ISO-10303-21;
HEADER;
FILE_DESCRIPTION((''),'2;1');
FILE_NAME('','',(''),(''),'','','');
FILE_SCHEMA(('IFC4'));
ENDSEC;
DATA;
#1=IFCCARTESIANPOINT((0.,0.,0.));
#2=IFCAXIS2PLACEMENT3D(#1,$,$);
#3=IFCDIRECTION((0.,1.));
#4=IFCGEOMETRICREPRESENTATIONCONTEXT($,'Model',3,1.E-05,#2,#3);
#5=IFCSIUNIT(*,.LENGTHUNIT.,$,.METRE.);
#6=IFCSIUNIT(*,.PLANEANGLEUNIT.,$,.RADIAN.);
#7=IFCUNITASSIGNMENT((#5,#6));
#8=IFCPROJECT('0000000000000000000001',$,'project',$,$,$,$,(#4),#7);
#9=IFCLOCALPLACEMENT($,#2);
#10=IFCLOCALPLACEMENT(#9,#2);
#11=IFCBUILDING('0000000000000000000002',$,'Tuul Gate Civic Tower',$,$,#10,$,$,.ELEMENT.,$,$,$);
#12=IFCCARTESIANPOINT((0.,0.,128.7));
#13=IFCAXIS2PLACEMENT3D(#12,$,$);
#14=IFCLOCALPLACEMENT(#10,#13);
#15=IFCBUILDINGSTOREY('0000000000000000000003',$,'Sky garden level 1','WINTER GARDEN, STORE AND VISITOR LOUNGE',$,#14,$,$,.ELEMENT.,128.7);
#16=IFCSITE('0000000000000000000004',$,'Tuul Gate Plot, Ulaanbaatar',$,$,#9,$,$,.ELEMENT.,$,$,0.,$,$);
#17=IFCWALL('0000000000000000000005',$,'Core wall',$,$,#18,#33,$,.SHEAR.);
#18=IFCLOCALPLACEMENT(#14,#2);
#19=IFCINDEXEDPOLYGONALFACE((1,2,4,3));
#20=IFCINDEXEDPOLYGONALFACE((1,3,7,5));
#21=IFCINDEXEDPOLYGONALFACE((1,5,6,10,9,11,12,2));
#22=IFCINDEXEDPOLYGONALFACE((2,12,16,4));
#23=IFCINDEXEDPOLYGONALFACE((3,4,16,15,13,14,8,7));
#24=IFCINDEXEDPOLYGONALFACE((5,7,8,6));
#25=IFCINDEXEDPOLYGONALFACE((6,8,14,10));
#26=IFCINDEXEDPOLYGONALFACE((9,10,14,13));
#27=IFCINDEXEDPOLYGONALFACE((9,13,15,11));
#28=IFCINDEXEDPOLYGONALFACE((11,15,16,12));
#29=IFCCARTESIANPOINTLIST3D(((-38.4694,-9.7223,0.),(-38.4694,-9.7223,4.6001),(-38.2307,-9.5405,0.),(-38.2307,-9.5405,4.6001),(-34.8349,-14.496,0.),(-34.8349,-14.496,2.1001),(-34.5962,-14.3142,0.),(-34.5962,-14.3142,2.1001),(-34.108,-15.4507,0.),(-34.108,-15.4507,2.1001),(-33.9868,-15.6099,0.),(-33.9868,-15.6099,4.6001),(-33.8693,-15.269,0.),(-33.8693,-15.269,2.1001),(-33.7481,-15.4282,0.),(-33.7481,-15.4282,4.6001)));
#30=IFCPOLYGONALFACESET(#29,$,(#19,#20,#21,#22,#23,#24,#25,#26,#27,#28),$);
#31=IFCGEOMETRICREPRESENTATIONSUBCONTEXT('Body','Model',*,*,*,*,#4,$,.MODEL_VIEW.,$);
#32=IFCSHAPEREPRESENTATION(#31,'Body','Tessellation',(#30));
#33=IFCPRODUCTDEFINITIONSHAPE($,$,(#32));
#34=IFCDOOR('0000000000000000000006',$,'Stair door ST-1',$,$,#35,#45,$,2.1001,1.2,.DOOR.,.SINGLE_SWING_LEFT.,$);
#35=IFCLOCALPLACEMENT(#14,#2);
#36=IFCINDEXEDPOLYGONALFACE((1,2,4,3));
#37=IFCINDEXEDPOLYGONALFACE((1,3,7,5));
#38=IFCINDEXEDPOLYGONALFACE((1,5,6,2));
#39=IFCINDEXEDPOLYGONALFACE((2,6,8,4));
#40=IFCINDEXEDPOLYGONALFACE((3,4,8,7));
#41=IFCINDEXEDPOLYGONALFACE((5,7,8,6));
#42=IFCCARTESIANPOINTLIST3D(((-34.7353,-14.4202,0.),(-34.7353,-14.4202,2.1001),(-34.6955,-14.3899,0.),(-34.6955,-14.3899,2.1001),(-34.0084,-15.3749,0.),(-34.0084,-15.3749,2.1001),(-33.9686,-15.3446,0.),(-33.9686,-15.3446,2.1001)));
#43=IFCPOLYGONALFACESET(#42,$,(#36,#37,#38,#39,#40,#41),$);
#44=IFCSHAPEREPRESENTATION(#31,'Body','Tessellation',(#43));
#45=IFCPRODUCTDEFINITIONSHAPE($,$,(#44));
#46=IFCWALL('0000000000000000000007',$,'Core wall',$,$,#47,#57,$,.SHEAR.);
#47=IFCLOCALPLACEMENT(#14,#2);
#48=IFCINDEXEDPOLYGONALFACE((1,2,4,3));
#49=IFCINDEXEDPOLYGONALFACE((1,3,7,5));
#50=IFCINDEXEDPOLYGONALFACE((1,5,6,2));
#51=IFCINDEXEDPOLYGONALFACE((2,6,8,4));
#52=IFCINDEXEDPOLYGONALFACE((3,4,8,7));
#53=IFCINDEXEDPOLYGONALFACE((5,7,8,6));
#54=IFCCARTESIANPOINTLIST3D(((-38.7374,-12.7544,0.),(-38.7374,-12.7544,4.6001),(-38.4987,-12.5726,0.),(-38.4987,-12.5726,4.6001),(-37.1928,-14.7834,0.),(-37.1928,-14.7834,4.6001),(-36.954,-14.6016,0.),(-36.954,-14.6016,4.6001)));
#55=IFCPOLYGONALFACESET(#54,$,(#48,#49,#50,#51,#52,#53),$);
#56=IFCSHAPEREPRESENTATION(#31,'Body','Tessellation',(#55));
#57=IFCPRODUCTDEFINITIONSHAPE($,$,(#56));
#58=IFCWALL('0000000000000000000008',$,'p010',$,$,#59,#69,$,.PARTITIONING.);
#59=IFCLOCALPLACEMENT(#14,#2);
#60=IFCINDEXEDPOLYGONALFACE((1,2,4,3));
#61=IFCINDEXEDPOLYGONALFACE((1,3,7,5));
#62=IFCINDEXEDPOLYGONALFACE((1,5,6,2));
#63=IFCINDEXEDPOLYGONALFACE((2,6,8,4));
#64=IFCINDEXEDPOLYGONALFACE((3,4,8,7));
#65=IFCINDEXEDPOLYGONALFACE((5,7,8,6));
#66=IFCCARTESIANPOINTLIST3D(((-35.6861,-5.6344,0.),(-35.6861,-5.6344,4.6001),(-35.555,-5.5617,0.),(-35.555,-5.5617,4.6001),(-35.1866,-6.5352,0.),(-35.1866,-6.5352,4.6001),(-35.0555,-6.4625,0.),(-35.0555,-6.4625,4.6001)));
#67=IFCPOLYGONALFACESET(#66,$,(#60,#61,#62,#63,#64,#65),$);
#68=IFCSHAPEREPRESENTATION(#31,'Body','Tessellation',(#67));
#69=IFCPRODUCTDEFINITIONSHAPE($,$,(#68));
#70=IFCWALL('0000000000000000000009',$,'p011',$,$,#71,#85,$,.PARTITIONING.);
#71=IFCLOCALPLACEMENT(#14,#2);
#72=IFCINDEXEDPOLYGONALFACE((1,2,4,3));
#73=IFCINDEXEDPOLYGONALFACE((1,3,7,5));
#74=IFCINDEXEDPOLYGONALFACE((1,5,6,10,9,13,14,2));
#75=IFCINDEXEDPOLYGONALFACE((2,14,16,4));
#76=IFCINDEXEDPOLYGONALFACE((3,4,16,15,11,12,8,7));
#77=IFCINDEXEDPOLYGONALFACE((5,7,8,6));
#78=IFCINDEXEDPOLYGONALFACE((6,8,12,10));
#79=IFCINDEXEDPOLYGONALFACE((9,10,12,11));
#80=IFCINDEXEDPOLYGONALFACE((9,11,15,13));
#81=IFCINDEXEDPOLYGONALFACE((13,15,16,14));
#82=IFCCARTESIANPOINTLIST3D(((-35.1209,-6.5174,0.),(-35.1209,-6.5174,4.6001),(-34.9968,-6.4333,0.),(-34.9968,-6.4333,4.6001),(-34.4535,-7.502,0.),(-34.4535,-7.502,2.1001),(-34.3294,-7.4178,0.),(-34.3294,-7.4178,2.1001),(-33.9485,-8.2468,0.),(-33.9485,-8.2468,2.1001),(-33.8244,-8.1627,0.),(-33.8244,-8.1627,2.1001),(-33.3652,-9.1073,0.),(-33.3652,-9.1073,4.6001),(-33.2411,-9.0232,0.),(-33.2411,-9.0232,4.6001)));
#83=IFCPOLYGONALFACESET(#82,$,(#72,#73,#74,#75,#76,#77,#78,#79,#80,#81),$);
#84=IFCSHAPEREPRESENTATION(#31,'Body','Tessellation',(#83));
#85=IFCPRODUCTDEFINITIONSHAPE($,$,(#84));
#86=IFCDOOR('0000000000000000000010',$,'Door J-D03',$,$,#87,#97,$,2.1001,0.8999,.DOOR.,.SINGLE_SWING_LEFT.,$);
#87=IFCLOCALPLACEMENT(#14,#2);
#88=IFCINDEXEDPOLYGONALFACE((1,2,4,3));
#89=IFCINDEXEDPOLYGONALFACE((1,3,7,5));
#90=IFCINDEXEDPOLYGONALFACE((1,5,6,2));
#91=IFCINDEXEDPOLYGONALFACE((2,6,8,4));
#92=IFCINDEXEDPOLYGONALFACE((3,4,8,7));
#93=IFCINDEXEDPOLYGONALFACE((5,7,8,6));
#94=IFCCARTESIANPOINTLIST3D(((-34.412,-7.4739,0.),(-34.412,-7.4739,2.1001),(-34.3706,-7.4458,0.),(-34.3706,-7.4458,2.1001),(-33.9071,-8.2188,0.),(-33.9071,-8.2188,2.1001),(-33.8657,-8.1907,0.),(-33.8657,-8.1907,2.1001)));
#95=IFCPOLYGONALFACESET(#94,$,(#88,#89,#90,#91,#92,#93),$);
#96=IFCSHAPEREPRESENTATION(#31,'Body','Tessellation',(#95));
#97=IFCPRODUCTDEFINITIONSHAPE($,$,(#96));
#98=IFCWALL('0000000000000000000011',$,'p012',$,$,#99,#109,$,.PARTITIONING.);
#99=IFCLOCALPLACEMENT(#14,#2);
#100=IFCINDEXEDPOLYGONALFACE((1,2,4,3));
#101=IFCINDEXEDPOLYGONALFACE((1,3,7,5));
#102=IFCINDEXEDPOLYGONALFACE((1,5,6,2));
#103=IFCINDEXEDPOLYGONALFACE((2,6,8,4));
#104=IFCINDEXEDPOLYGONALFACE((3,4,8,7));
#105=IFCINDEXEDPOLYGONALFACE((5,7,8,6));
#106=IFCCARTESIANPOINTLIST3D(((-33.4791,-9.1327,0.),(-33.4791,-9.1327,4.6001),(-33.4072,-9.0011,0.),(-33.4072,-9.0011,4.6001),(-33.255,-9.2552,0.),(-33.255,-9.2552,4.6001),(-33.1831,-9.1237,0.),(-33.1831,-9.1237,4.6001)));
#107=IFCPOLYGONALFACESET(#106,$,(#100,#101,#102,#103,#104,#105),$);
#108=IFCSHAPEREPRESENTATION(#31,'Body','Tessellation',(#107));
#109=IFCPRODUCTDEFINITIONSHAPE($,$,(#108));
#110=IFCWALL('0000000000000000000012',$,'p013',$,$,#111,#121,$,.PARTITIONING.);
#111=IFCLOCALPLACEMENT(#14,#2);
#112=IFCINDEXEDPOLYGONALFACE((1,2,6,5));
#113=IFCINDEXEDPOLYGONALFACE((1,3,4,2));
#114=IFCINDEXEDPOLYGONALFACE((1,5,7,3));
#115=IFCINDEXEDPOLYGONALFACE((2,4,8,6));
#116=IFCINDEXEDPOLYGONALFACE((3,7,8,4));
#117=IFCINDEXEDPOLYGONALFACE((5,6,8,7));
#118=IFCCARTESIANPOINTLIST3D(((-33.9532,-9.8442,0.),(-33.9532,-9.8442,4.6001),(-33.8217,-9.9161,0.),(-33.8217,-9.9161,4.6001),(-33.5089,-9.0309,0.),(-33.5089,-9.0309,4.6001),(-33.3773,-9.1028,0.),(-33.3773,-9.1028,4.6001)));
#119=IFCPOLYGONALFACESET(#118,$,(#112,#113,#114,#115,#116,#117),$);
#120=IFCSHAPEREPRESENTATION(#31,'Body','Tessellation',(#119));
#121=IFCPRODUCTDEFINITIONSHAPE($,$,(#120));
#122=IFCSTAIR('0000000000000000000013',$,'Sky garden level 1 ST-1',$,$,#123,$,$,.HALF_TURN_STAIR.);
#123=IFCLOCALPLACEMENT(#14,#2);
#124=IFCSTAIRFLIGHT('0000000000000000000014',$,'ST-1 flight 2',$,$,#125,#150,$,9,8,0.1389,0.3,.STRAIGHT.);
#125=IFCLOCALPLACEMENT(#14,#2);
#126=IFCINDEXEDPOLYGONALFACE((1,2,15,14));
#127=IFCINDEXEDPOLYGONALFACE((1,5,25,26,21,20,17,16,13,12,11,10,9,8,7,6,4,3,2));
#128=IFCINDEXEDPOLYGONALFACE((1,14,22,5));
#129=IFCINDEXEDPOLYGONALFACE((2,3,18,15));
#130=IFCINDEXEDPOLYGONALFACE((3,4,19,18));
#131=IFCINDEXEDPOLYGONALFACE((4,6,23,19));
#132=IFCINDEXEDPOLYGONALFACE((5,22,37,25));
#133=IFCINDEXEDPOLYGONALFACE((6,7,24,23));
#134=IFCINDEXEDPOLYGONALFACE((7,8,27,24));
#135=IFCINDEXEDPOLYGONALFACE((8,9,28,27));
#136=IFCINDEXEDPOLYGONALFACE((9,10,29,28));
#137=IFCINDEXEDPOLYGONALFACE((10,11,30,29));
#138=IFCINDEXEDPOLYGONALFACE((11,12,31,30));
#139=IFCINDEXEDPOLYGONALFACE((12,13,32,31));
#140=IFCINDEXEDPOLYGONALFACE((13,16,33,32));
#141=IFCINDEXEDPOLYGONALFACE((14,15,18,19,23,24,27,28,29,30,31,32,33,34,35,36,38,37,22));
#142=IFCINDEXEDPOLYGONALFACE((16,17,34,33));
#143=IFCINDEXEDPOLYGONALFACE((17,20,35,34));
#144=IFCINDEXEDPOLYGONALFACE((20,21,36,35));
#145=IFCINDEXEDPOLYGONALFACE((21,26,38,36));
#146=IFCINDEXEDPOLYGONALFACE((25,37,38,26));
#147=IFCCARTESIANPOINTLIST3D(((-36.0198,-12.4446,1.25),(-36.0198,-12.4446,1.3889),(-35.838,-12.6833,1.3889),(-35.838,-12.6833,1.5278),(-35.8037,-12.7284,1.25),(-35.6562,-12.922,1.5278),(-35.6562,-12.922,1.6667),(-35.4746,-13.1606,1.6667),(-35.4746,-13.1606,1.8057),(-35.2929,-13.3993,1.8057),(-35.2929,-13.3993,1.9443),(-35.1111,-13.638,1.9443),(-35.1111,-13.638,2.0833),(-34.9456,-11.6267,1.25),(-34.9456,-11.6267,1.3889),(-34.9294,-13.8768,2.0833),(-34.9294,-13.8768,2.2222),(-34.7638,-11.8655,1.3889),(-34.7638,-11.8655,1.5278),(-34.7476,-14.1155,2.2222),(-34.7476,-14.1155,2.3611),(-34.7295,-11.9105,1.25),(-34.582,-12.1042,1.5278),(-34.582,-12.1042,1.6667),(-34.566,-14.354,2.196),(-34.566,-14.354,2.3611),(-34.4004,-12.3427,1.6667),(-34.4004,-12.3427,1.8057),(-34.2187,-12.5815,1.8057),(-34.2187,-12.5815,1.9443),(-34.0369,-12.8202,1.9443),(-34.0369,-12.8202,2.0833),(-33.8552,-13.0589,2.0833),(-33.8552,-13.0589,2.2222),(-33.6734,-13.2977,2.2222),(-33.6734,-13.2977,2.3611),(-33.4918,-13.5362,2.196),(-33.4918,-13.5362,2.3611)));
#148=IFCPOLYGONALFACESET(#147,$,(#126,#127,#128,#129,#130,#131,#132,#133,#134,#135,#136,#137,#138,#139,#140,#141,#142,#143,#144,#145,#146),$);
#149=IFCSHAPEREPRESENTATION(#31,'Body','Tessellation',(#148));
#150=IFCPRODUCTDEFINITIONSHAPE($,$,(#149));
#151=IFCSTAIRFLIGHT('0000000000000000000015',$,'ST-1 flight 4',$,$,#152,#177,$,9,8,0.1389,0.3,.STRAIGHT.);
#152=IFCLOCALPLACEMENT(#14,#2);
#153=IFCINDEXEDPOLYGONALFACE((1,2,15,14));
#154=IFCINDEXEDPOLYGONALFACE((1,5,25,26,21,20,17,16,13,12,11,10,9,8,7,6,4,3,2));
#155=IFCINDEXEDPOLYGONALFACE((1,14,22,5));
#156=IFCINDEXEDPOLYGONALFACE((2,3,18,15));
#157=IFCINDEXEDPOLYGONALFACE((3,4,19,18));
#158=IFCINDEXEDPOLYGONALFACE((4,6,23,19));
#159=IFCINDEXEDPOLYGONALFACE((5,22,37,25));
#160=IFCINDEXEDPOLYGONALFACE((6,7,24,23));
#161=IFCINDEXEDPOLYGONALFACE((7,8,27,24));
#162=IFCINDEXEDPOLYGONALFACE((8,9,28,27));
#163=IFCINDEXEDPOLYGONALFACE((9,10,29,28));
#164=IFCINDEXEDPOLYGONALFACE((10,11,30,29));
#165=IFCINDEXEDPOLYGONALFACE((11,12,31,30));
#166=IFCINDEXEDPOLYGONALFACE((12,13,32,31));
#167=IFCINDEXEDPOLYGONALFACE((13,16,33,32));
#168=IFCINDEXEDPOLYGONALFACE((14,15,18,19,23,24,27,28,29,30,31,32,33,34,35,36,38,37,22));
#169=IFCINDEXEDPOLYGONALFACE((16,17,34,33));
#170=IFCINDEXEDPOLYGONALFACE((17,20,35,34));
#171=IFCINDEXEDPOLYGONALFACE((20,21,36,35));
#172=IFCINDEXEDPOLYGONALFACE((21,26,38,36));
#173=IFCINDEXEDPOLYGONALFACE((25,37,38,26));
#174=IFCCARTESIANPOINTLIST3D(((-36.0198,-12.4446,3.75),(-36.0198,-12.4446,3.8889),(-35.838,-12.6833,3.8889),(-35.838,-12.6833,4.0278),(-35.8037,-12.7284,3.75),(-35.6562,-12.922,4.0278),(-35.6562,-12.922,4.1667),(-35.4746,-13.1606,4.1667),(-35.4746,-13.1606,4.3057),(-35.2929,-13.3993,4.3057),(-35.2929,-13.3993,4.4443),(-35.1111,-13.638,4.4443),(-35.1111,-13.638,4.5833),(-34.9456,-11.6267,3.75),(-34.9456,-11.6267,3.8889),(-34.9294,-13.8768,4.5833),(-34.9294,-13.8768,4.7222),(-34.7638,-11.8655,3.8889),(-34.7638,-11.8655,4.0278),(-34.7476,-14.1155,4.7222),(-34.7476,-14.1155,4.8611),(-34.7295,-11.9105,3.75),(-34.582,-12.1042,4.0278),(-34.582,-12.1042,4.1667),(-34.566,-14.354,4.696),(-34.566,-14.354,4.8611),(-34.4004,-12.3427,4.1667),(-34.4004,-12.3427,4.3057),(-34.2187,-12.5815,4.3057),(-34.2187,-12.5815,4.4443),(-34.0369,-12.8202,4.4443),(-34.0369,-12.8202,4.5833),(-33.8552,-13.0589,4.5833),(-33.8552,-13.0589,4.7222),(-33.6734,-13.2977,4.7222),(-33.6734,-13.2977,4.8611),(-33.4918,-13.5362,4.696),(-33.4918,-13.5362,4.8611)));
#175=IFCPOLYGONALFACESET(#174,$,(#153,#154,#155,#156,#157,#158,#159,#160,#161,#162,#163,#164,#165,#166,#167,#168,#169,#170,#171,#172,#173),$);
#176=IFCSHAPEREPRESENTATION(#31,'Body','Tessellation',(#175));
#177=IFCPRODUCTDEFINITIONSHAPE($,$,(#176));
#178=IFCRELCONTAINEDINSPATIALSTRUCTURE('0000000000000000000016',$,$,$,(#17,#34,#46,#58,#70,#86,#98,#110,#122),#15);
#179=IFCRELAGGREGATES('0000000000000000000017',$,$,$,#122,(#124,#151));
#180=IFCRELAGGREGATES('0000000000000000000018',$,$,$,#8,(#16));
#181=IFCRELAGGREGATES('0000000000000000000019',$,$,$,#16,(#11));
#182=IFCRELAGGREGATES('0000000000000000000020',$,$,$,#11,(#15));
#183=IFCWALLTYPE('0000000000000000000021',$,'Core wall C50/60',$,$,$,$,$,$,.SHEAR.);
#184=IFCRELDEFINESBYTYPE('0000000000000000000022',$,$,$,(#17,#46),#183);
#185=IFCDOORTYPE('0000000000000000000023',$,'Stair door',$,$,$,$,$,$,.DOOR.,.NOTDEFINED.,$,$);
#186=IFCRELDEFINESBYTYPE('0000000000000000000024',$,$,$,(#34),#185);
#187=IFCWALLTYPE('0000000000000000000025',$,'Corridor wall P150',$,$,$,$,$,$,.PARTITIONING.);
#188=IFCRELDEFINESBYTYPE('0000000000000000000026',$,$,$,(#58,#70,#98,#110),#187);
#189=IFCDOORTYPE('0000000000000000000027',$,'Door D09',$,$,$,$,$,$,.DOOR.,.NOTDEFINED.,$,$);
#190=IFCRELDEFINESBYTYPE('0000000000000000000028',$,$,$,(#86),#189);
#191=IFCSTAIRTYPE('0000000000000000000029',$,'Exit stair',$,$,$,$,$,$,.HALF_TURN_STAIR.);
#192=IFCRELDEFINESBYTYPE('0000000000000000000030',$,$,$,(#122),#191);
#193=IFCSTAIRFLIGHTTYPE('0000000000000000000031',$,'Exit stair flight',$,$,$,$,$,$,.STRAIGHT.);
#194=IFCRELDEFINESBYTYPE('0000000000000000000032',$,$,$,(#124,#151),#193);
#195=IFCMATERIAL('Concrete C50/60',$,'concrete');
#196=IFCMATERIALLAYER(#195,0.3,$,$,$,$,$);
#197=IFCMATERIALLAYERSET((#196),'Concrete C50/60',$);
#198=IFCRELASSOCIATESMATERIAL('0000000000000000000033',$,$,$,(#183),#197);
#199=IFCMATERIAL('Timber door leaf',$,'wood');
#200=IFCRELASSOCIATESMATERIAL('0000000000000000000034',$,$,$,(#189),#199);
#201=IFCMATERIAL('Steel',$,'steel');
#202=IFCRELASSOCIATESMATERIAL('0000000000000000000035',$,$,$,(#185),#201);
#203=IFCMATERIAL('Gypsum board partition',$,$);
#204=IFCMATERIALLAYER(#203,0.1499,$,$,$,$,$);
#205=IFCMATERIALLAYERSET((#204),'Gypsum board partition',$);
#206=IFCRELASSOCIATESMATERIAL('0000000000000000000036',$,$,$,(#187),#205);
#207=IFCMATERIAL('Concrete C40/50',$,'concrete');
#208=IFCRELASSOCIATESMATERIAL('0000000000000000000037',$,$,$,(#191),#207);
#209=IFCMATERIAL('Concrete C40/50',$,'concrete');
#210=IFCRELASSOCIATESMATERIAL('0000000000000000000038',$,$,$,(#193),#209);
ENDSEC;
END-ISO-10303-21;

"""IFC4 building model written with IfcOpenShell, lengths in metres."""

from ifc_helpers import new_model, si_unit, direction, frame, frame_2d, origin, place, context, subcontext, project, spatial, polyline, rectangle, outline, extrude, material, layer, layer_set, type_object, element, fill, aggregate, save


model = new_model("IFC4")

# Units and contexts
model_context = context("Model", 3, precision=1e-05, world=origin(), true_north=direction((0.0, 1.0)))
body_context = subcontext(model_context, "Body", "Model", "MODEL_VIEW")
ifc_project = project(units=[si_unit("LENGTHUNIT", "METRE"), si_unit("PLANEANGLEUNIT", "RADIAN")], contexts=[model_context])

# Site, building, storey
site_placement = place(None, origin())
site = spatial("IfcSite", under=ifc_project, at=site_placement, Name="Tuul Gate Plot, Ulaanbaatar", CompositionType="ELEMENT", RefElevation=0.0)
building_placement = place(site_placement, origin())
building = spatial("IfcBuilding", under=site, at=building_placement, Name="Tuul Gate Civic Tower", CompositionType="ELEMENT")
storey_placement = place(building_placement, frame((0.0, 0.0, 128.7)))
storey = spatial("IfcBuildingStorey", under=building, at=storey_placement, Name="Sky garden level 1", Description="WINTER GARDEN, STORE AND VISITOR LOUNGE", CompositionType="ELEMENT", Elevation=128.7)

# Shared definitions
ifc_material_1 = material(Name="Concrete C50/60", Category="concrete")
ifc_layer_1 = layer(ifc_material_1, 0.3)
ifc_layer_set_1 = layer_set([ifc_layer_1], Name="Concrete C50/60")
wall_type_1 = type_object("IfcWallType", Name="Core wall C50/60", PredefinedType="SHEAR", material=ifc_layer_set_1)

# Wall, opening, door
ifc_material_2 = material(Name="Timber door leaf", Category="wood")
door_type_1 = type_object("IfcDoorType", Name="Door D09", OperationType="NOTDEFINED", PredefinedType="DOOR", material=ifc_material_2)
wall_1_placement = place(storey_placement, frame((-33.8674, -15.519, 0.0), z_axis=(0.0, 0.0, 1.0), x_axis=(-0.60577, 0.79564, 0.0)))
wall_1 = element("IfcWall", 1, at=wall_1_placement, inside=storey, type_object=wall_type_1, Name="Core wall", PredefinedType="SHEAR", context=body_context, shape_type="SweptSolid", body=[
    extrude(rectangle(XDim=7.3999, YDim=0.3, at=frame_2d((3.7, 0.0))), origin(), (0.0, 0.0, 1.0), 4.6001),
])
opening_1_placement = place(wall_1_placement, frame((0.2, 0.0, 0.0)))
opening_1 = element("IfcOpeningElement", 2, at=opening_1_placement, cuts=wall_1, PredefinedType="OPENING", context=body_context, shape_type="SweptSolid", body=[
    extrude(rectangle(XDim=1.2, YDim=2.1001, at=frame_2d((0.6001, 1.05))), frame((0.0, 0.1602, 0.0), z_axis=(0.0, -1.0, 0.0), x_axis=(1.0, 0.0, 0.0)), (0.0, 0.0, 1.0), 0.3201),
])
ifc_material_3 = material(Name="Steel", Category="steel")
door_type_2 = type_object("IfcDoorType", Name="Stair door", OperationType="NOTDEFINED", PredefinedType="DOOR", material=ifc_material_3)
door_1_placement = place(opening_1_placement, origin())
door_1 = element("IfcDoor", 3, at=door_1_placement, inside=storey, type_object=door_type_2, Name="Stair door ST-1", OperationType="SINGLE_SWING_LEFT", OverallHeight=2.1001, OverallWidth=1.2, PredefinedType="DOOR", context=body_context, shape_type="SweptSolid", body=[
    extrude(rectangle(XDim=1.2, YDim=2.1001, at=frame_2d((0.6001, 1.05))), frame((0.0, 0.0249, 0.0), z_axis=(0.0, -1.0, 0.0), x_axis=(1.0, 0.0, 0.0)), (0.0, 0.0, 1.0), 0.05),
])
fill(opening_1, door_1)

# Walls
wall_2_placement = place(storey_placement, frame((-37.0735, -14.6924, 0.0), z_axis=(0.0, 0.0, 1.0), x_axis=(-0.605729, 0.795671, 0.0)))
element("IfcWall", 4, at=wall_2_placement, inside=storey, type_object=wall_type_1, Name="Core wall", PredefinedType="SHEAR", context=body_context, shape_type="SweptSolid", body=[
    extrude(rectangle(XDim=2.55, YDim=0.3, at=frame_2d((1.2749, 0.0))), origin(), (0.0, 0.0, 1.0), 4.6001),
])
ifc_material_4 = material(Name="Gypsum board partition")
ifc_layer_2 = layer(ifc_material_4, 0.1499)
ifc_layer_set_2 = layer_set([ifc_layer_2], Name="Gypsum board partition")
wall_type_2 = type_object("IfcWallType", Name="Corridor wall P150", PredefinedType="PARTITIONING", material=ifc_layer_set_2)
wall_3_placement = place(storey_placement, frame((-35.6206, -5.5979, 0.0), z_axis=(0.0, 0.0, 1.0), x_axis=(0.484918, -0.874559, 0.0)))
element("IfcWall", 5, at=wall_3_placement, inside=storey, type_object=wall_type_2, Name="p010", PredefinedType="PARTITIONING", context=body_context, shape_type="SweptSolid", body=[
    extrude(rectangle(XDim=1.03, YDim=0.1499, at=frame_2d((0.5151, 0.0))), origin(), (0.0, 0.0, 1.0), 4.6001),
])

# Wall, opening, door
wall_4_placement = place(storey_placement, frame((-35.0588, -6.4753, 0.0), z_axis=(0.0, 0.0, 1.0), x_axis=(0.561112, -0.82774, 0.0)))
wall_4 = element("IfcWall", 6, at=wall_4_placement, inside=storey, type_object=wall_type_2, Name="p011", PredefinedType="PARTITIONING", context=body_context, shape_type="SweptSolid", body=[
    extrude(rectangle(XDim=3.1289, YDim=0.1499, at=frame_2d((1.5645, 0.0))), origin(), (0.0, 0.0, 1.0), 4.6001),
])
opening_2_placement = place(wall_4_placement, frame((1.1895, 0.0, 0.0)))
opening_2 = element("IfcOpeningElement", 7, at=opening_2_placement, cuts=wall_4, PredefinedType="OPENING", context=body_context, shape_type="SweptSolid", body=[
    extrude(rectangle(XDim=0.8999, YDim=2.1001, at=frame_2d((0.45, 1.05))), frame((0.0, 0.085, 0.0), z_axis=(0.0, -1.0, 0.0), x_axis=(1.0, 0.0, 0.0)), (0.0, 0.0, 1.0), 0.1699),
])
door_2_placement = place(opening_2_placement, frame((0.8999, 0.0, 0.0), z_axis=(0.0, 0.0, 1.0), x_axis=(-1.0, 0.0, 0.0)))
door_2 = element("IfcDoor", 8, at=door_2_placement, inside=storey, type_object=door_type_1, Name="Door J-D03", OperationType="SINGLE_SWING_LEFT", OverallHeight=2.1001, OverallWidth=0.8999, PredefinedType="DOOR", context=body_context, shape_type="SweptSolid", body=[
    extrude(rectangle(XDim=0.8999, YDim=2.1001, at=frame_2d((0.45, 1.05))), frame((0.0, 0.0249, 0.0), z_axis=(0.0, -1.0, 0.0), x_axis=(1.0, 0.0, 0.0)), (0.0, 0.0, 1.0), 0.05),
])
fill(opening_2, door_2)

# Walls
wall_5_placement = place(storey_placement, frame((-33.4431, -9.0669, 0.0), z_axis=(0.0, 0.0, 1.0), x_axis=(0.877384, -0.479789, 0.0)))
element("IfcWall", 9, at=wall_5_placement, inside=storey, type_object=wall_type_2, Name="p012", PredefinedType="PARTITIONING", context=body_context, shape_type="SweptSolid", body=[
    extrude(rectangle(XDim=0.2554, YDim=0.1499, at=frame_2d((0.1277, 0.0))), origin(), (0.0, 0.0, 1.0), 4.6001),
])
wall_6_placement = place(storey_placement, frame((-33.8875, -9.8801, 0.0), z_axis=(0.0, 0.0, 1.0), x_axis=(0.47948, 0.877553, 0.0)))
element("IfcWall", 10, at=wall_6_placement, inside=storey, type_object=wall_type_2, Name="p013", PredefinedType="PARTITIONING", context=body_context, shape_type="SweptSolid", body=[
    extrude(rectangle(XDim=0.9268, YDim=0.1499, at=frame_2d((0.4634, 0.0))), origin(), (0.0, 0.0, 1.0), 4.6001),
])

# Stair, stair flights
ifc_material_5 = material(Name="Concrete C40/50", Category="concrete")
stair_type = type_object("IfcStairType", Name="Exit stair", PredefinedType="HALF_TURN_STAIR", material=ifc_material_5)
stair_placement = place(storey_placement, origin())
stair = element("IfcStair", 11, at=stair_placement, inside=storey, type_object=stair_type, Name="Sky garden level 1 ST-1", PredefinedType="HALF_TURN_STAIR")
ifc_material_6 = material(Name="Concrete C40/50", Category="concrete")
stair_flight_type = type_object("IfcStairFlightType", Name="Exit stair flight", PredefinedType="STRAIGHT", material=ifc_material_6)
stair_flight_1_placement = place(storey_placement, frame((-35.4827, -12.0356, 1.25), z_axis=(0.0, 0.0, 1.0), x_axis=(0.605764, -0.795644, 0.0)))
stair_flight_1 = element("IfcStairFlight", 12, at=stair_flight_1_placement, type_object=stair_flight_type, Name="ST-1 flight 2", NumberOfRisers=9, NumberOfTreads=8, PredefinedType="STRAIGHT", RiserHeight=0.1389, TreadLength=0.3, context=body_context, shape_type="SweptSolid", body=[
    extrude(outline(polyline([(0.0, 0.0), (0.0, 0.1389), (0.3, 0.1389), (0.3, 0.2778), (0.6001, 0.2778), (0.6001, 0.4167), (0.8999, 0.4167), (0.8999, 0.5557), (1.2, 0.5557), (1.2, 0.6943), (1.5, 0.6943), (1.5, 0.8333), (1.8, 0.8333), (1.8, 0.9722), (2.1001, 0.9722), (2.1001, 1.1111), (2.3999, 1.1111), (2.3999, 1.25), (2.3999, 0.946), (0.3567, 0.0), (0.0, 0.0)])), frame((0.0, 0.675, 0.0), z_axis=(0.0, -1.0, 0.0), x_axis=(1.0, 0.0, 0.0)), (0.0, 0.0, 1.0), 1.3501),
])
stair_flight_2_placement = place(storey_placement, frame((-35.4827, -12.0356, 3.75), z_axis=(0.0, 0.0, 1.0), x_axis=(0.605764, -0.795644, 0.0)))
stair_flight_2 = element("IfcStairFlight", 13, at=stair_flight_2_placement, type_object=stair_flight_type, Name="ST-1 flight 4", NumberOfRisers=9, NumberOfTreads=8, PredefinedType="STRAIGHT", RiserHeight=0.1389, TreadLength=0.3, context=body_context, shape_type="SweptSolid", body=[
    extrude(outline(polyline([(0.0, 0.0), (0.0, 0.1389), (0.3, 0.1389), (0.3, 0.2778), (0.6001, 0.2778), (0.6001, 0.4167), (0.8999, 0.4167), (0.8999, 0.5557), (1.2, 0.5557), (1.2, 0.6943), (1.5, 0.6943), (1.5, 0.8333), (1.8, 0.8333), (1.8, 0.9722), (2.1001, 0.9722), (2.1001, 1.1111), (2.3999, 1.1111), (2.3999, 1.25), (2.3999, 0.946), (0.3567, 0.0), (0.0, 0.0)])), frame((0.0, 0.675, 0.0), z_axis=(0.0, -1.0, 0.0), x_axis=(1.0, 0.0, 0.0)), (0.0, 0.0, 1.0), 1.3501),
])
aggregate(stair, [stair_flight_1, stair_flight_2])

save(model, "model.ifc")
